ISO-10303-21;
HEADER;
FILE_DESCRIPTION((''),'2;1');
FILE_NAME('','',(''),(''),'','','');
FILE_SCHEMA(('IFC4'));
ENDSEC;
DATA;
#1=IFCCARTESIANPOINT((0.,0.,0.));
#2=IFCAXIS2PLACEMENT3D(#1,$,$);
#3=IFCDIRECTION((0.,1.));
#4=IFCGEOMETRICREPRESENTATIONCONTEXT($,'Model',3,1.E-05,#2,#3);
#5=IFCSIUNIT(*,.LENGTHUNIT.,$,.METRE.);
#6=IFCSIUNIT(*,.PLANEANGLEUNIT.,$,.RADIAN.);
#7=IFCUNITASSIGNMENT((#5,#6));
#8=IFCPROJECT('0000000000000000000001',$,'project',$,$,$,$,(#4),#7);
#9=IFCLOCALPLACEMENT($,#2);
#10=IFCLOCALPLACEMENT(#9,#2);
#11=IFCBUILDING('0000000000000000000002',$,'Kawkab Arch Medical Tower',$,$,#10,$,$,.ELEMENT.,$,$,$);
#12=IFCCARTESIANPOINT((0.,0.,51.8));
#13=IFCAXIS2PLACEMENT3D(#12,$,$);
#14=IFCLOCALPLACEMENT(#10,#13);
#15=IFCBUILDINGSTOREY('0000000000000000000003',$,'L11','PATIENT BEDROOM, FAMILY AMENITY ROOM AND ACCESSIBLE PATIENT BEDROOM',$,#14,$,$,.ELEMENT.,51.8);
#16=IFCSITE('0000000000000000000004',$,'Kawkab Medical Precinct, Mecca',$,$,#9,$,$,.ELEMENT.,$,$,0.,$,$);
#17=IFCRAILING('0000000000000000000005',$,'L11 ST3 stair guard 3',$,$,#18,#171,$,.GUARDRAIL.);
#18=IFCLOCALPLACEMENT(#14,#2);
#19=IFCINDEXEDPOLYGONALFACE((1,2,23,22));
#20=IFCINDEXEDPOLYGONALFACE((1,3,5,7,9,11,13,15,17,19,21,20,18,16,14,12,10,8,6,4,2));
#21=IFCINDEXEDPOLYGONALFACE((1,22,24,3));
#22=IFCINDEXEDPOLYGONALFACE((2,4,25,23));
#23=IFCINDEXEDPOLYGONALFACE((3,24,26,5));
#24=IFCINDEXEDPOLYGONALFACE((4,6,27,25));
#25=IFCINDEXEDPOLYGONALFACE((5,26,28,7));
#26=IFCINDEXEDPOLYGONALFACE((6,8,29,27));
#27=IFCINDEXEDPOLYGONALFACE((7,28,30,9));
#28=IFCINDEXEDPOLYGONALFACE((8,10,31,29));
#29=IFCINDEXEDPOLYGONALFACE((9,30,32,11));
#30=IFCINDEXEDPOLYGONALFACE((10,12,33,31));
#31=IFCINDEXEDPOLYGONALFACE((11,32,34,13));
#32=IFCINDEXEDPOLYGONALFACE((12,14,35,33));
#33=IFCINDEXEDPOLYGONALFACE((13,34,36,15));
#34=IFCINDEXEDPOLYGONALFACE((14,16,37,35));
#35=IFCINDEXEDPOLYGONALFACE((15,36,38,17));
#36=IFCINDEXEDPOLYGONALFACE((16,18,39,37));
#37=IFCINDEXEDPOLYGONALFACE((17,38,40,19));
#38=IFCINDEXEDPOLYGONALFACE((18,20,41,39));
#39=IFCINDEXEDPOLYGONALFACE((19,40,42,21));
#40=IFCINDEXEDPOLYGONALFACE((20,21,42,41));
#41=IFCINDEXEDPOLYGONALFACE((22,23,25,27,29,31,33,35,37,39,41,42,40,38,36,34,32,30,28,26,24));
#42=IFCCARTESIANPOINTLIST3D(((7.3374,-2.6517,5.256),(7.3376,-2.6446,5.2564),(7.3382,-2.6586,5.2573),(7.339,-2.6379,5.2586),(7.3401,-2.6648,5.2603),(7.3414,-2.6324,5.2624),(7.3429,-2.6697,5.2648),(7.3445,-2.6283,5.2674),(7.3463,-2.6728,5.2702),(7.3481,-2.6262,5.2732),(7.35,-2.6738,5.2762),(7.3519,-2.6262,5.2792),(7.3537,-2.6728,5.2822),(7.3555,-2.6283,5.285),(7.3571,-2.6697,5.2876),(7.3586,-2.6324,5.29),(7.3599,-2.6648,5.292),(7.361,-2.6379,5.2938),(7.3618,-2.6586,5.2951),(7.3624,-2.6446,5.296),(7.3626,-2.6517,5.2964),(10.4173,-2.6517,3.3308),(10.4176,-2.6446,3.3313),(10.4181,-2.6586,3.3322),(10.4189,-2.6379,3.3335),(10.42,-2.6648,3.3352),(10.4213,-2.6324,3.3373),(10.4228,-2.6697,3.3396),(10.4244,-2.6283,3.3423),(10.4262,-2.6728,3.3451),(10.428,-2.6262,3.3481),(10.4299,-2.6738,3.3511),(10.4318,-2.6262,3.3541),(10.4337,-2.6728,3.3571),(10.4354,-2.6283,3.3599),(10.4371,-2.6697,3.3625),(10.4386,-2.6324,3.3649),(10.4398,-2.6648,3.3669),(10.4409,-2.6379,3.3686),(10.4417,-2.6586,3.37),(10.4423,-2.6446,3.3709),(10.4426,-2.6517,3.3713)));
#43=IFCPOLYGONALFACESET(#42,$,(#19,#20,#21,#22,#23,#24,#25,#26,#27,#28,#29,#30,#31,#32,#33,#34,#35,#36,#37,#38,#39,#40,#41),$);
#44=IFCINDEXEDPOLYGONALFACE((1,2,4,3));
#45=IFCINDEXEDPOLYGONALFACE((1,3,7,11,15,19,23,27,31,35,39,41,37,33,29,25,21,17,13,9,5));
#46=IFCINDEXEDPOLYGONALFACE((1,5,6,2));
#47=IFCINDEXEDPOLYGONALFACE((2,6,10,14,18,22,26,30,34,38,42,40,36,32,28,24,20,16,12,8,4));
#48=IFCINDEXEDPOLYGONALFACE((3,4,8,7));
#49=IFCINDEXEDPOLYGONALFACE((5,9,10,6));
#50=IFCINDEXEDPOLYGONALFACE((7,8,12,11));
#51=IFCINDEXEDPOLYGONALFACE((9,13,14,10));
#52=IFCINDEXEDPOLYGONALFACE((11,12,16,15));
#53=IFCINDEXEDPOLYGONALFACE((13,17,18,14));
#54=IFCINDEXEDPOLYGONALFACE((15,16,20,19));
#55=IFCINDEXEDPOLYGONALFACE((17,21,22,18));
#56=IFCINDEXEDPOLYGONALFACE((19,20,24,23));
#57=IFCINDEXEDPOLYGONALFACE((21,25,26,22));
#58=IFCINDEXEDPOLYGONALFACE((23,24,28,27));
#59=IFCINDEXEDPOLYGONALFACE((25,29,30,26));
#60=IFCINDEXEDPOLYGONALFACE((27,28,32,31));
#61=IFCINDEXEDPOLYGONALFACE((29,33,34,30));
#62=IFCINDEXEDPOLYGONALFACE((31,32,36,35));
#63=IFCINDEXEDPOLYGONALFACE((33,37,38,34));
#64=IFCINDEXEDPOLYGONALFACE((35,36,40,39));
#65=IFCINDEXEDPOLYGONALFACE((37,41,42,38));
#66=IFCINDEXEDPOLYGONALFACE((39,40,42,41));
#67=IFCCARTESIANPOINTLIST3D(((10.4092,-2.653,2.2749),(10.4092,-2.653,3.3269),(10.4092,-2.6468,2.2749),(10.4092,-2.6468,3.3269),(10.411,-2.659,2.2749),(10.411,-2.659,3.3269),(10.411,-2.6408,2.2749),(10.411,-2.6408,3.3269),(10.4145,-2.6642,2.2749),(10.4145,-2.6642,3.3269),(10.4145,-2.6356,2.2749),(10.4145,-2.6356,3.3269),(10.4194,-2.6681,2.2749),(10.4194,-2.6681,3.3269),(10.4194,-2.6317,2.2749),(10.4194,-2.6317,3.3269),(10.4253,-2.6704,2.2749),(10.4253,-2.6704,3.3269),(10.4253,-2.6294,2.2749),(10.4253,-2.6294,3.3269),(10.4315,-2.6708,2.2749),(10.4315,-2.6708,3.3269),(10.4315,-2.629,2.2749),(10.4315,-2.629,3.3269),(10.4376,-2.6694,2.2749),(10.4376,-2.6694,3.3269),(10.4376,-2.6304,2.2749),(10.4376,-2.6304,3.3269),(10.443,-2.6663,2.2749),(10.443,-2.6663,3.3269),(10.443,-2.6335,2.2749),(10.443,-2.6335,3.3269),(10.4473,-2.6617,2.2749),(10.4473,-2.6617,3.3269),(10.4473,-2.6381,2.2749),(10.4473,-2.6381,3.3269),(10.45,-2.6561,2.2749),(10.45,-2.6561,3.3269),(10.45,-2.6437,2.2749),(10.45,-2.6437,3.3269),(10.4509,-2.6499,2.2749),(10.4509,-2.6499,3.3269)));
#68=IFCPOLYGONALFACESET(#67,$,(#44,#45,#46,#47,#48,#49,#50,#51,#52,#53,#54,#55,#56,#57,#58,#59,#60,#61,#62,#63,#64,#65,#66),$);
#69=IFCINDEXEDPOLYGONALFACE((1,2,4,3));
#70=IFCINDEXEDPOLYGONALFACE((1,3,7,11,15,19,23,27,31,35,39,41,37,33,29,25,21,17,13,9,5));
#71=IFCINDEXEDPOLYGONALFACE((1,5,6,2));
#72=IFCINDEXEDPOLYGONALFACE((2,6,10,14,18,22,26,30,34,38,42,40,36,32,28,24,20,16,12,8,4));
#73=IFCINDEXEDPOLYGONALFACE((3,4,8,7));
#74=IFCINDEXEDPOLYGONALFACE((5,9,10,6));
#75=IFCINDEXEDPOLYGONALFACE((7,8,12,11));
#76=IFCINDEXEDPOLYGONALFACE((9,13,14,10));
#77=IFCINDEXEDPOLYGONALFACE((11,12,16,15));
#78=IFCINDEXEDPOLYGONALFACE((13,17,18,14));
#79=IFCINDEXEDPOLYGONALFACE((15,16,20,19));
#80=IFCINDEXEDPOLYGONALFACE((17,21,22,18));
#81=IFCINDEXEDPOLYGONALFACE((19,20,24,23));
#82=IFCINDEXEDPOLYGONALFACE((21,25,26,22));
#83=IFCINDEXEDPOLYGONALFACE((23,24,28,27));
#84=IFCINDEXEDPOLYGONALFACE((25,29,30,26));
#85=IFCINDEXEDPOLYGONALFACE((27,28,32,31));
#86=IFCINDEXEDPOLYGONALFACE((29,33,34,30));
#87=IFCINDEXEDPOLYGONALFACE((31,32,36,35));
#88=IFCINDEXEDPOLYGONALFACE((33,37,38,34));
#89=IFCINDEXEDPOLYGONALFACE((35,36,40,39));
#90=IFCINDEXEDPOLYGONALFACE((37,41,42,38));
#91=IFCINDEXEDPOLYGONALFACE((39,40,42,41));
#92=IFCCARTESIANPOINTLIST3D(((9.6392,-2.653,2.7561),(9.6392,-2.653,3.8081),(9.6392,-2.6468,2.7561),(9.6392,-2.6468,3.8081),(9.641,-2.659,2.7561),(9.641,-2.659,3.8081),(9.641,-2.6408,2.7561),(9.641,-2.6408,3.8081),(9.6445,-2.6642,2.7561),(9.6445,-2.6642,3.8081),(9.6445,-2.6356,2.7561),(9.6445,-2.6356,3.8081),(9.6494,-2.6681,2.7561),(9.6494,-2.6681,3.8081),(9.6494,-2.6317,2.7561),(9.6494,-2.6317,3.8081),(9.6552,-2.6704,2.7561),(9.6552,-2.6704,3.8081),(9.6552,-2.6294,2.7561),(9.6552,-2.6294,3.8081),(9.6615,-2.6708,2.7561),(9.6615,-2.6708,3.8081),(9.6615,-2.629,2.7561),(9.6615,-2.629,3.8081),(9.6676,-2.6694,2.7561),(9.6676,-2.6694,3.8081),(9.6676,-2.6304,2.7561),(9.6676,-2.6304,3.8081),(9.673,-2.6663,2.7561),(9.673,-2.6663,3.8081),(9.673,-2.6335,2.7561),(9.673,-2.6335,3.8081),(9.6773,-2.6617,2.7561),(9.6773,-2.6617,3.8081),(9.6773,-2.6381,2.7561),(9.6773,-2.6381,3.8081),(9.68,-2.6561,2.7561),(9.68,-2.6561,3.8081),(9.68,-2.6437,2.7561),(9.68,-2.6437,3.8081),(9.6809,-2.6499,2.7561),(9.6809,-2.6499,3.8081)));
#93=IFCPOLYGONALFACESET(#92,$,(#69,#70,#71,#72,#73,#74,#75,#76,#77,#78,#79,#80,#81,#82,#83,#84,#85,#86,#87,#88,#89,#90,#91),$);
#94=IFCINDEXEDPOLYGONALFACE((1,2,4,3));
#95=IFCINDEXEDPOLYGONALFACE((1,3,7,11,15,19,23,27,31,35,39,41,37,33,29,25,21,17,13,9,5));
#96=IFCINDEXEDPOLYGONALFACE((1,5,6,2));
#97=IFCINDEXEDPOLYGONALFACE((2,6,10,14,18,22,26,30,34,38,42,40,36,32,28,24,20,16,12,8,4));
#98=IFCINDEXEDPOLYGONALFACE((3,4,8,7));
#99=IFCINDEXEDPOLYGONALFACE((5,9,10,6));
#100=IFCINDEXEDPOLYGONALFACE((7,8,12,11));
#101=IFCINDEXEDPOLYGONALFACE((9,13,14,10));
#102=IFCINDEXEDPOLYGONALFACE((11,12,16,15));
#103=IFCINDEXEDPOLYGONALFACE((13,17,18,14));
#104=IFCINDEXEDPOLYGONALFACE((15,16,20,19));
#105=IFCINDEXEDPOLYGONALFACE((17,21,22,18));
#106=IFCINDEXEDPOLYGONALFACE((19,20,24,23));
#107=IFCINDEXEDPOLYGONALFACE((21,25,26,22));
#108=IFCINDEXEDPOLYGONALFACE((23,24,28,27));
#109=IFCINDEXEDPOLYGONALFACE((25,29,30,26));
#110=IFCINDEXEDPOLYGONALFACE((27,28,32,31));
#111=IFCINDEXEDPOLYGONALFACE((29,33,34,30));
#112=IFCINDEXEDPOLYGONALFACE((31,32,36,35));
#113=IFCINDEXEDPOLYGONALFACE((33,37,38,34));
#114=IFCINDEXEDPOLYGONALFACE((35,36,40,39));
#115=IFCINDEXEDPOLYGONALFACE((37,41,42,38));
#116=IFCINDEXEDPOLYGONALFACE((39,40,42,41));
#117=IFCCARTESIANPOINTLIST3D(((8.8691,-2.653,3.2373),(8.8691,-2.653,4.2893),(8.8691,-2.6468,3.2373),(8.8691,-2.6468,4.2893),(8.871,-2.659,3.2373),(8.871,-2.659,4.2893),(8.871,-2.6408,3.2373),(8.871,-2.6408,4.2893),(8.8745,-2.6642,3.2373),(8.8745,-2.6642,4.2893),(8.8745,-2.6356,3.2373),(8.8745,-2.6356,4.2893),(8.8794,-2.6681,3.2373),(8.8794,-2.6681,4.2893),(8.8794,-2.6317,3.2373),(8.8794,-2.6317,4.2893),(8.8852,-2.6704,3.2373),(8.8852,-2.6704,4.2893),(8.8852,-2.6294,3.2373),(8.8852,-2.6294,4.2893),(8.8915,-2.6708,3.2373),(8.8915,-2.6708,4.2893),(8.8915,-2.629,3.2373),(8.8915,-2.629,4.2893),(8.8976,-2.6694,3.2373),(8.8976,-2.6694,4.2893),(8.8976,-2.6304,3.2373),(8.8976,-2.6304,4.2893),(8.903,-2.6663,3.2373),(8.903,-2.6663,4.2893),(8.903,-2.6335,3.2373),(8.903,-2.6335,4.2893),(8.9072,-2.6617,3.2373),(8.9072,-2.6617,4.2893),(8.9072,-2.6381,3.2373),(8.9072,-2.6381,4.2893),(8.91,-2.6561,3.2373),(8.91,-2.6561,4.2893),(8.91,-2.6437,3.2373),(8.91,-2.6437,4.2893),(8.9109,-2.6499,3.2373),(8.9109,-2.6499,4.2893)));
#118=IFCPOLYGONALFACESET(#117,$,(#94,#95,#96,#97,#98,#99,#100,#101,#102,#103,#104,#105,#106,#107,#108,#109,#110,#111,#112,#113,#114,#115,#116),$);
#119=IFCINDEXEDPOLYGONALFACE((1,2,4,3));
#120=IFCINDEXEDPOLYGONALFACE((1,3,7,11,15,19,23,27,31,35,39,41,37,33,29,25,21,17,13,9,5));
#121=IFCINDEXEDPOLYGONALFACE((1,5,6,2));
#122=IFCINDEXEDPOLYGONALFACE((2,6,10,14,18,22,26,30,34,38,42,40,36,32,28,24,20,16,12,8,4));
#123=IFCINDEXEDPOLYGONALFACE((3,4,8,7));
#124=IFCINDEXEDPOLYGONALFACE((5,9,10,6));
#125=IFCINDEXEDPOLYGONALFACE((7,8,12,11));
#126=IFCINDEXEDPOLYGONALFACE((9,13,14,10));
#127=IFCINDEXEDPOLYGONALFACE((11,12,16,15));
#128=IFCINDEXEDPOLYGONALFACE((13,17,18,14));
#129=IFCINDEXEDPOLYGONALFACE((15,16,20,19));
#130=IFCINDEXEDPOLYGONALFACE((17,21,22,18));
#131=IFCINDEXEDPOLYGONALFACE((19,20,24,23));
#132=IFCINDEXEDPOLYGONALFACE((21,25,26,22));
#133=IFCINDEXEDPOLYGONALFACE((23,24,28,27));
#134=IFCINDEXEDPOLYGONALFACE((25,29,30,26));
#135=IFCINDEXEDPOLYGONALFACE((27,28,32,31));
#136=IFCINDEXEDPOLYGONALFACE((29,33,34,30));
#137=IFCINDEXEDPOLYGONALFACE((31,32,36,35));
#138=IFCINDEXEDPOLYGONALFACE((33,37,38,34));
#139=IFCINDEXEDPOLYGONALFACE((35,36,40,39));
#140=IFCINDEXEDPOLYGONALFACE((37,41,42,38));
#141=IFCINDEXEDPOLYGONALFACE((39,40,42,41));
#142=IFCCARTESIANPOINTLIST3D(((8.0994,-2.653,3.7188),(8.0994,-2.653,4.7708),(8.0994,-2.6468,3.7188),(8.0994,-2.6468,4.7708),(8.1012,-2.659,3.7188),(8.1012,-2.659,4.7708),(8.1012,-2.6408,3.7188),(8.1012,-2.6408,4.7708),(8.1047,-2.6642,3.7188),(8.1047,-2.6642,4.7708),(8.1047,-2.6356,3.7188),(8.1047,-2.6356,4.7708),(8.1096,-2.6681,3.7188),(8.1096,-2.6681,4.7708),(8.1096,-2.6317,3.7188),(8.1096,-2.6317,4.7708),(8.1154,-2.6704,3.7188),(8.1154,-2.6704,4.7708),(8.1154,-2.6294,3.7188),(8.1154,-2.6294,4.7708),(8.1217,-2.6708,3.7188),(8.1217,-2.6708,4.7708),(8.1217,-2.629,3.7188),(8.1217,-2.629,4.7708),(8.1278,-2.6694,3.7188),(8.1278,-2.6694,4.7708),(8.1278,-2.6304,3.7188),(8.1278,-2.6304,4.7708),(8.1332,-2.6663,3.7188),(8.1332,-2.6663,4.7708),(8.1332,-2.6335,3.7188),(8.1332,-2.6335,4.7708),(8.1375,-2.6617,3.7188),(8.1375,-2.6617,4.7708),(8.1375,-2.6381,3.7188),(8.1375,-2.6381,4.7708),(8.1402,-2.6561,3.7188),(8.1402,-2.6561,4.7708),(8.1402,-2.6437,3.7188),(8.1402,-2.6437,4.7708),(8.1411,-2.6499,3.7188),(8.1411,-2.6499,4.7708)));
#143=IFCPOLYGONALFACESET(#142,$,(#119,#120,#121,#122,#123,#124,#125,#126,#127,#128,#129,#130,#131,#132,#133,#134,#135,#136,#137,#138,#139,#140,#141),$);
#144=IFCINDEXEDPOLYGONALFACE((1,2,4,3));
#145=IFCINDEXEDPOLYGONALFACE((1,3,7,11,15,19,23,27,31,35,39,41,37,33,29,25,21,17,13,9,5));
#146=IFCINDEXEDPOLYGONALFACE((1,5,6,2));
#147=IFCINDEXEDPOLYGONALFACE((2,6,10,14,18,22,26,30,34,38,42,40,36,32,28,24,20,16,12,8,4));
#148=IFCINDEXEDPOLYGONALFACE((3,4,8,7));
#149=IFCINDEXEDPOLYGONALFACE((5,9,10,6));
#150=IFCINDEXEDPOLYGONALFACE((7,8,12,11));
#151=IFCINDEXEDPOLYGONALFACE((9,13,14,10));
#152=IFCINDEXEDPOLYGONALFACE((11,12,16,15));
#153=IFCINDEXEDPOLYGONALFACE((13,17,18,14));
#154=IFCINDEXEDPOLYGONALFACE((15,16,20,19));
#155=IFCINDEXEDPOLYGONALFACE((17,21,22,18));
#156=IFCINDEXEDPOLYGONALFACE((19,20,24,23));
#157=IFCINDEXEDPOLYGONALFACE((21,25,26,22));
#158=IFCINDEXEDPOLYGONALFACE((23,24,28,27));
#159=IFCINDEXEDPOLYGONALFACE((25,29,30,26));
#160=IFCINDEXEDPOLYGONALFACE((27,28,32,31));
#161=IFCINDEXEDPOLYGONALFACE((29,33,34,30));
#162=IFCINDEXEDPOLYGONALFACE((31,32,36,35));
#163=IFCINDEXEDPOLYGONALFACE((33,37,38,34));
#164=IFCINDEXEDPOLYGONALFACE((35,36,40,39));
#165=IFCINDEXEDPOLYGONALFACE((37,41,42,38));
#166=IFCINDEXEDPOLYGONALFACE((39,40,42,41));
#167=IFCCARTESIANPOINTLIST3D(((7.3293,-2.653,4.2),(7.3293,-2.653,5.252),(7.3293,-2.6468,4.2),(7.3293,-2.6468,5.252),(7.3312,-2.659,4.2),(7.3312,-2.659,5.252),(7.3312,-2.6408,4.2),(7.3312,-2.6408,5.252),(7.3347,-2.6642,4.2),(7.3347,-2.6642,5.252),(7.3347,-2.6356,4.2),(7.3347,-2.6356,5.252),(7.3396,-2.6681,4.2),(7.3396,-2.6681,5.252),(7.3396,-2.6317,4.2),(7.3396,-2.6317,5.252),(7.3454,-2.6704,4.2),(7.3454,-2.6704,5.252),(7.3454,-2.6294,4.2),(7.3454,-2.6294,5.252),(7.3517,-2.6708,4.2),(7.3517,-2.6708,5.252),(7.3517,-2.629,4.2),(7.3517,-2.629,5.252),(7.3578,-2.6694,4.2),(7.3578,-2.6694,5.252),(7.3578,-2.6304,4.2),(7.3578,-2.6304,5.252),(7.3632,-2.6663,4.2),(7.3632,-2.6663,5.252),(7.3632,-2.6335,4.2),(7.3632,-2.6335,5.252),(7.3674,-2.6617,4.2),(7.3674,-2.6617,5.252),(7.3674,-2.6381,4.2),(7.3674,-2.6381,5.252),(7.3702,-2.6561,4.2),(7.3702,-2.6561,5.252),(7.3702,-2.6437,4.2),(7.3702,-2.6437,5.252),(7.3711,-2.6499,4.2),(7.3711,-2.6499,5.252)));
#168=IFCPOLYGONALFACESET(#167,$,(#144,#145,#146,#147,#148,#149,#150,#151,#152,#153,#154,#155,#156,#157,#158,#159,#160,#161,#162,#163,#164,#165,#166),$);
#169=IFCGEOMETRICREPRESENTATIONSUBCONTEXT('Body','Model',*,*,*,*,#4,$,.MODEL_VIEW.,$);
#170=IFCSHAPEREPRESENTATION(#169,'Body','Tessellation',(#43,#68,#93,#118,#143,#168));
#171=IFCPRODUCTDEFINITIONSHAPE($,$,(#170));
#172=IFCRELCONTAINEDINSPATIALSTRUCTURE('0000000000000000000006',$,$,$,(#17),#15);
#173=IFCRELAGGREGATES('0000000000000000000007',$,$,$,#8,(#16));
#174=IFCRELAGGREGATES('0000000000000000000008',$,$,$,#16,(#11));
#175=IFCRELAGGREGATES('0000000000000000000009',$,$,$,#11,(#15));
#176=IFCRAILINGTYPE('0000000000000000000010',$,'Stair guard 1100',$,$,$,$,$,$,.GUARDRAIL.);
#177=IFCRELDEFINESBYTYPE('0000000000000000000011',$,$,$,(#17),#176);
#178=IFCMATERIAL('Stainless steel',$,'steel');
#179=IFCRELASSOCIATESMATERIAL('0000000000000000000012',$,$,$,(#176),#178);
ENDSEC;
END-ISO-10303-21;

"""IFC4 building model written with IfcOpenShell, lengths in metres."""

from ifc_helpers import new_model, si_unit, direction, frame, origin, origin_2d, place, context, subcontext, project, spatial, circle, extrude, material, type_object, element, save


model = new_model("IFC4")

# Units and contexts
model_context = context("Model", 3, precision=1e-05, world=origin(), true_north=direction((0.0, 1.0)))
body_context = subcontext(model_context, "Body", "Model", "MODEL_VIEW")
ifc_project = project(units=[si_unit("LENGTHUNIT", "METRE"), si_unit("PLANEANGLEUNIT", "RADIAN")], contexts=[model_context])

# Site, building, storey
site_placement = place(None, origin())
site = spatial("IfcSite", under=ifc_project, at=site_placement, Name="Kawkab Medical Precinct, Mecca", CompositionType="ELEMENT", RefElevation=0.0)
building_placement = place(site_placement, origin())
building = spatial("IfcBuilding", under=site, at=building_placement, Name="Kawkab Arch Medical Tower", CompositionType="ELEMENT")
storey_placement = place(building_placement, frame((0.0, 0.0, 51.8)))
storey = spatial("IfcBuildingStorey", under=building, at=storey_placement, Name="L11", Description="PATIENT BEDROOM, FAMILY AMENITY ROOM AND ACCESSIBLE PATIENT BEDROOM", CompositionType="ELEMENT", Elevation=51.8)

# Railing
ifc_material_1 = material(Name="Stainless steel", Category="steel")
railing_type = type_object("IfcRailingType", Name="Stair guard 1100", PredefinedType="GUARDRAIL", material=ifc_material_1)
railing_1_placement = place(storey_placement, frame((10.4299, -2.6499, 2.2749)))
element("IfcRailing", 1, at=railing_1_placement, inside=storey, type_object=railing_type, Name="L11 ST3 stair guard 3", PredefinedType="GUARDRAIL", context=body_context, shape_type="SweptSolid", body=[
    extrude(circle(Radius=0.0239, at=origin_2d()), frame((0.0, 0.0, 1.0762), z_axis=(-0.847979, 0.0, 0.530029), x_axis=(0.0, -1.0, 0.0)), (0.0, 0.0, 1.0), 3.6321),
    extrude(circle(Radius=0.021, at=origin_2d()), origin(), (0.0, 0.0, 1.0), 1.052),
    extrude(circle(Radius=0.021, at=origin_2d()), frame((-0.77, 0.0, 0.4812)), (0.0, 0.0, 1.0), 1.052),
    extrude(circle(Radius=0.021, at=origin_2d()), frame((-1.54, 0.0, 0.9624)), (0.0, 0.0, 1.0), 1.052),
    extrude(circle(Radius=0.021, at=origin_2d()), frame((-2.3098, 0.0, 1.4438)), (0.0, 0.0, 1.0), 1.052),
    extrude(circle(Radius=0.021, at=origin_2d()), frame((-3.0798, 0.0, 1.925)), (0.0, 0.0, 1.0), 1.052),
])

save(model, "model.ifc")
